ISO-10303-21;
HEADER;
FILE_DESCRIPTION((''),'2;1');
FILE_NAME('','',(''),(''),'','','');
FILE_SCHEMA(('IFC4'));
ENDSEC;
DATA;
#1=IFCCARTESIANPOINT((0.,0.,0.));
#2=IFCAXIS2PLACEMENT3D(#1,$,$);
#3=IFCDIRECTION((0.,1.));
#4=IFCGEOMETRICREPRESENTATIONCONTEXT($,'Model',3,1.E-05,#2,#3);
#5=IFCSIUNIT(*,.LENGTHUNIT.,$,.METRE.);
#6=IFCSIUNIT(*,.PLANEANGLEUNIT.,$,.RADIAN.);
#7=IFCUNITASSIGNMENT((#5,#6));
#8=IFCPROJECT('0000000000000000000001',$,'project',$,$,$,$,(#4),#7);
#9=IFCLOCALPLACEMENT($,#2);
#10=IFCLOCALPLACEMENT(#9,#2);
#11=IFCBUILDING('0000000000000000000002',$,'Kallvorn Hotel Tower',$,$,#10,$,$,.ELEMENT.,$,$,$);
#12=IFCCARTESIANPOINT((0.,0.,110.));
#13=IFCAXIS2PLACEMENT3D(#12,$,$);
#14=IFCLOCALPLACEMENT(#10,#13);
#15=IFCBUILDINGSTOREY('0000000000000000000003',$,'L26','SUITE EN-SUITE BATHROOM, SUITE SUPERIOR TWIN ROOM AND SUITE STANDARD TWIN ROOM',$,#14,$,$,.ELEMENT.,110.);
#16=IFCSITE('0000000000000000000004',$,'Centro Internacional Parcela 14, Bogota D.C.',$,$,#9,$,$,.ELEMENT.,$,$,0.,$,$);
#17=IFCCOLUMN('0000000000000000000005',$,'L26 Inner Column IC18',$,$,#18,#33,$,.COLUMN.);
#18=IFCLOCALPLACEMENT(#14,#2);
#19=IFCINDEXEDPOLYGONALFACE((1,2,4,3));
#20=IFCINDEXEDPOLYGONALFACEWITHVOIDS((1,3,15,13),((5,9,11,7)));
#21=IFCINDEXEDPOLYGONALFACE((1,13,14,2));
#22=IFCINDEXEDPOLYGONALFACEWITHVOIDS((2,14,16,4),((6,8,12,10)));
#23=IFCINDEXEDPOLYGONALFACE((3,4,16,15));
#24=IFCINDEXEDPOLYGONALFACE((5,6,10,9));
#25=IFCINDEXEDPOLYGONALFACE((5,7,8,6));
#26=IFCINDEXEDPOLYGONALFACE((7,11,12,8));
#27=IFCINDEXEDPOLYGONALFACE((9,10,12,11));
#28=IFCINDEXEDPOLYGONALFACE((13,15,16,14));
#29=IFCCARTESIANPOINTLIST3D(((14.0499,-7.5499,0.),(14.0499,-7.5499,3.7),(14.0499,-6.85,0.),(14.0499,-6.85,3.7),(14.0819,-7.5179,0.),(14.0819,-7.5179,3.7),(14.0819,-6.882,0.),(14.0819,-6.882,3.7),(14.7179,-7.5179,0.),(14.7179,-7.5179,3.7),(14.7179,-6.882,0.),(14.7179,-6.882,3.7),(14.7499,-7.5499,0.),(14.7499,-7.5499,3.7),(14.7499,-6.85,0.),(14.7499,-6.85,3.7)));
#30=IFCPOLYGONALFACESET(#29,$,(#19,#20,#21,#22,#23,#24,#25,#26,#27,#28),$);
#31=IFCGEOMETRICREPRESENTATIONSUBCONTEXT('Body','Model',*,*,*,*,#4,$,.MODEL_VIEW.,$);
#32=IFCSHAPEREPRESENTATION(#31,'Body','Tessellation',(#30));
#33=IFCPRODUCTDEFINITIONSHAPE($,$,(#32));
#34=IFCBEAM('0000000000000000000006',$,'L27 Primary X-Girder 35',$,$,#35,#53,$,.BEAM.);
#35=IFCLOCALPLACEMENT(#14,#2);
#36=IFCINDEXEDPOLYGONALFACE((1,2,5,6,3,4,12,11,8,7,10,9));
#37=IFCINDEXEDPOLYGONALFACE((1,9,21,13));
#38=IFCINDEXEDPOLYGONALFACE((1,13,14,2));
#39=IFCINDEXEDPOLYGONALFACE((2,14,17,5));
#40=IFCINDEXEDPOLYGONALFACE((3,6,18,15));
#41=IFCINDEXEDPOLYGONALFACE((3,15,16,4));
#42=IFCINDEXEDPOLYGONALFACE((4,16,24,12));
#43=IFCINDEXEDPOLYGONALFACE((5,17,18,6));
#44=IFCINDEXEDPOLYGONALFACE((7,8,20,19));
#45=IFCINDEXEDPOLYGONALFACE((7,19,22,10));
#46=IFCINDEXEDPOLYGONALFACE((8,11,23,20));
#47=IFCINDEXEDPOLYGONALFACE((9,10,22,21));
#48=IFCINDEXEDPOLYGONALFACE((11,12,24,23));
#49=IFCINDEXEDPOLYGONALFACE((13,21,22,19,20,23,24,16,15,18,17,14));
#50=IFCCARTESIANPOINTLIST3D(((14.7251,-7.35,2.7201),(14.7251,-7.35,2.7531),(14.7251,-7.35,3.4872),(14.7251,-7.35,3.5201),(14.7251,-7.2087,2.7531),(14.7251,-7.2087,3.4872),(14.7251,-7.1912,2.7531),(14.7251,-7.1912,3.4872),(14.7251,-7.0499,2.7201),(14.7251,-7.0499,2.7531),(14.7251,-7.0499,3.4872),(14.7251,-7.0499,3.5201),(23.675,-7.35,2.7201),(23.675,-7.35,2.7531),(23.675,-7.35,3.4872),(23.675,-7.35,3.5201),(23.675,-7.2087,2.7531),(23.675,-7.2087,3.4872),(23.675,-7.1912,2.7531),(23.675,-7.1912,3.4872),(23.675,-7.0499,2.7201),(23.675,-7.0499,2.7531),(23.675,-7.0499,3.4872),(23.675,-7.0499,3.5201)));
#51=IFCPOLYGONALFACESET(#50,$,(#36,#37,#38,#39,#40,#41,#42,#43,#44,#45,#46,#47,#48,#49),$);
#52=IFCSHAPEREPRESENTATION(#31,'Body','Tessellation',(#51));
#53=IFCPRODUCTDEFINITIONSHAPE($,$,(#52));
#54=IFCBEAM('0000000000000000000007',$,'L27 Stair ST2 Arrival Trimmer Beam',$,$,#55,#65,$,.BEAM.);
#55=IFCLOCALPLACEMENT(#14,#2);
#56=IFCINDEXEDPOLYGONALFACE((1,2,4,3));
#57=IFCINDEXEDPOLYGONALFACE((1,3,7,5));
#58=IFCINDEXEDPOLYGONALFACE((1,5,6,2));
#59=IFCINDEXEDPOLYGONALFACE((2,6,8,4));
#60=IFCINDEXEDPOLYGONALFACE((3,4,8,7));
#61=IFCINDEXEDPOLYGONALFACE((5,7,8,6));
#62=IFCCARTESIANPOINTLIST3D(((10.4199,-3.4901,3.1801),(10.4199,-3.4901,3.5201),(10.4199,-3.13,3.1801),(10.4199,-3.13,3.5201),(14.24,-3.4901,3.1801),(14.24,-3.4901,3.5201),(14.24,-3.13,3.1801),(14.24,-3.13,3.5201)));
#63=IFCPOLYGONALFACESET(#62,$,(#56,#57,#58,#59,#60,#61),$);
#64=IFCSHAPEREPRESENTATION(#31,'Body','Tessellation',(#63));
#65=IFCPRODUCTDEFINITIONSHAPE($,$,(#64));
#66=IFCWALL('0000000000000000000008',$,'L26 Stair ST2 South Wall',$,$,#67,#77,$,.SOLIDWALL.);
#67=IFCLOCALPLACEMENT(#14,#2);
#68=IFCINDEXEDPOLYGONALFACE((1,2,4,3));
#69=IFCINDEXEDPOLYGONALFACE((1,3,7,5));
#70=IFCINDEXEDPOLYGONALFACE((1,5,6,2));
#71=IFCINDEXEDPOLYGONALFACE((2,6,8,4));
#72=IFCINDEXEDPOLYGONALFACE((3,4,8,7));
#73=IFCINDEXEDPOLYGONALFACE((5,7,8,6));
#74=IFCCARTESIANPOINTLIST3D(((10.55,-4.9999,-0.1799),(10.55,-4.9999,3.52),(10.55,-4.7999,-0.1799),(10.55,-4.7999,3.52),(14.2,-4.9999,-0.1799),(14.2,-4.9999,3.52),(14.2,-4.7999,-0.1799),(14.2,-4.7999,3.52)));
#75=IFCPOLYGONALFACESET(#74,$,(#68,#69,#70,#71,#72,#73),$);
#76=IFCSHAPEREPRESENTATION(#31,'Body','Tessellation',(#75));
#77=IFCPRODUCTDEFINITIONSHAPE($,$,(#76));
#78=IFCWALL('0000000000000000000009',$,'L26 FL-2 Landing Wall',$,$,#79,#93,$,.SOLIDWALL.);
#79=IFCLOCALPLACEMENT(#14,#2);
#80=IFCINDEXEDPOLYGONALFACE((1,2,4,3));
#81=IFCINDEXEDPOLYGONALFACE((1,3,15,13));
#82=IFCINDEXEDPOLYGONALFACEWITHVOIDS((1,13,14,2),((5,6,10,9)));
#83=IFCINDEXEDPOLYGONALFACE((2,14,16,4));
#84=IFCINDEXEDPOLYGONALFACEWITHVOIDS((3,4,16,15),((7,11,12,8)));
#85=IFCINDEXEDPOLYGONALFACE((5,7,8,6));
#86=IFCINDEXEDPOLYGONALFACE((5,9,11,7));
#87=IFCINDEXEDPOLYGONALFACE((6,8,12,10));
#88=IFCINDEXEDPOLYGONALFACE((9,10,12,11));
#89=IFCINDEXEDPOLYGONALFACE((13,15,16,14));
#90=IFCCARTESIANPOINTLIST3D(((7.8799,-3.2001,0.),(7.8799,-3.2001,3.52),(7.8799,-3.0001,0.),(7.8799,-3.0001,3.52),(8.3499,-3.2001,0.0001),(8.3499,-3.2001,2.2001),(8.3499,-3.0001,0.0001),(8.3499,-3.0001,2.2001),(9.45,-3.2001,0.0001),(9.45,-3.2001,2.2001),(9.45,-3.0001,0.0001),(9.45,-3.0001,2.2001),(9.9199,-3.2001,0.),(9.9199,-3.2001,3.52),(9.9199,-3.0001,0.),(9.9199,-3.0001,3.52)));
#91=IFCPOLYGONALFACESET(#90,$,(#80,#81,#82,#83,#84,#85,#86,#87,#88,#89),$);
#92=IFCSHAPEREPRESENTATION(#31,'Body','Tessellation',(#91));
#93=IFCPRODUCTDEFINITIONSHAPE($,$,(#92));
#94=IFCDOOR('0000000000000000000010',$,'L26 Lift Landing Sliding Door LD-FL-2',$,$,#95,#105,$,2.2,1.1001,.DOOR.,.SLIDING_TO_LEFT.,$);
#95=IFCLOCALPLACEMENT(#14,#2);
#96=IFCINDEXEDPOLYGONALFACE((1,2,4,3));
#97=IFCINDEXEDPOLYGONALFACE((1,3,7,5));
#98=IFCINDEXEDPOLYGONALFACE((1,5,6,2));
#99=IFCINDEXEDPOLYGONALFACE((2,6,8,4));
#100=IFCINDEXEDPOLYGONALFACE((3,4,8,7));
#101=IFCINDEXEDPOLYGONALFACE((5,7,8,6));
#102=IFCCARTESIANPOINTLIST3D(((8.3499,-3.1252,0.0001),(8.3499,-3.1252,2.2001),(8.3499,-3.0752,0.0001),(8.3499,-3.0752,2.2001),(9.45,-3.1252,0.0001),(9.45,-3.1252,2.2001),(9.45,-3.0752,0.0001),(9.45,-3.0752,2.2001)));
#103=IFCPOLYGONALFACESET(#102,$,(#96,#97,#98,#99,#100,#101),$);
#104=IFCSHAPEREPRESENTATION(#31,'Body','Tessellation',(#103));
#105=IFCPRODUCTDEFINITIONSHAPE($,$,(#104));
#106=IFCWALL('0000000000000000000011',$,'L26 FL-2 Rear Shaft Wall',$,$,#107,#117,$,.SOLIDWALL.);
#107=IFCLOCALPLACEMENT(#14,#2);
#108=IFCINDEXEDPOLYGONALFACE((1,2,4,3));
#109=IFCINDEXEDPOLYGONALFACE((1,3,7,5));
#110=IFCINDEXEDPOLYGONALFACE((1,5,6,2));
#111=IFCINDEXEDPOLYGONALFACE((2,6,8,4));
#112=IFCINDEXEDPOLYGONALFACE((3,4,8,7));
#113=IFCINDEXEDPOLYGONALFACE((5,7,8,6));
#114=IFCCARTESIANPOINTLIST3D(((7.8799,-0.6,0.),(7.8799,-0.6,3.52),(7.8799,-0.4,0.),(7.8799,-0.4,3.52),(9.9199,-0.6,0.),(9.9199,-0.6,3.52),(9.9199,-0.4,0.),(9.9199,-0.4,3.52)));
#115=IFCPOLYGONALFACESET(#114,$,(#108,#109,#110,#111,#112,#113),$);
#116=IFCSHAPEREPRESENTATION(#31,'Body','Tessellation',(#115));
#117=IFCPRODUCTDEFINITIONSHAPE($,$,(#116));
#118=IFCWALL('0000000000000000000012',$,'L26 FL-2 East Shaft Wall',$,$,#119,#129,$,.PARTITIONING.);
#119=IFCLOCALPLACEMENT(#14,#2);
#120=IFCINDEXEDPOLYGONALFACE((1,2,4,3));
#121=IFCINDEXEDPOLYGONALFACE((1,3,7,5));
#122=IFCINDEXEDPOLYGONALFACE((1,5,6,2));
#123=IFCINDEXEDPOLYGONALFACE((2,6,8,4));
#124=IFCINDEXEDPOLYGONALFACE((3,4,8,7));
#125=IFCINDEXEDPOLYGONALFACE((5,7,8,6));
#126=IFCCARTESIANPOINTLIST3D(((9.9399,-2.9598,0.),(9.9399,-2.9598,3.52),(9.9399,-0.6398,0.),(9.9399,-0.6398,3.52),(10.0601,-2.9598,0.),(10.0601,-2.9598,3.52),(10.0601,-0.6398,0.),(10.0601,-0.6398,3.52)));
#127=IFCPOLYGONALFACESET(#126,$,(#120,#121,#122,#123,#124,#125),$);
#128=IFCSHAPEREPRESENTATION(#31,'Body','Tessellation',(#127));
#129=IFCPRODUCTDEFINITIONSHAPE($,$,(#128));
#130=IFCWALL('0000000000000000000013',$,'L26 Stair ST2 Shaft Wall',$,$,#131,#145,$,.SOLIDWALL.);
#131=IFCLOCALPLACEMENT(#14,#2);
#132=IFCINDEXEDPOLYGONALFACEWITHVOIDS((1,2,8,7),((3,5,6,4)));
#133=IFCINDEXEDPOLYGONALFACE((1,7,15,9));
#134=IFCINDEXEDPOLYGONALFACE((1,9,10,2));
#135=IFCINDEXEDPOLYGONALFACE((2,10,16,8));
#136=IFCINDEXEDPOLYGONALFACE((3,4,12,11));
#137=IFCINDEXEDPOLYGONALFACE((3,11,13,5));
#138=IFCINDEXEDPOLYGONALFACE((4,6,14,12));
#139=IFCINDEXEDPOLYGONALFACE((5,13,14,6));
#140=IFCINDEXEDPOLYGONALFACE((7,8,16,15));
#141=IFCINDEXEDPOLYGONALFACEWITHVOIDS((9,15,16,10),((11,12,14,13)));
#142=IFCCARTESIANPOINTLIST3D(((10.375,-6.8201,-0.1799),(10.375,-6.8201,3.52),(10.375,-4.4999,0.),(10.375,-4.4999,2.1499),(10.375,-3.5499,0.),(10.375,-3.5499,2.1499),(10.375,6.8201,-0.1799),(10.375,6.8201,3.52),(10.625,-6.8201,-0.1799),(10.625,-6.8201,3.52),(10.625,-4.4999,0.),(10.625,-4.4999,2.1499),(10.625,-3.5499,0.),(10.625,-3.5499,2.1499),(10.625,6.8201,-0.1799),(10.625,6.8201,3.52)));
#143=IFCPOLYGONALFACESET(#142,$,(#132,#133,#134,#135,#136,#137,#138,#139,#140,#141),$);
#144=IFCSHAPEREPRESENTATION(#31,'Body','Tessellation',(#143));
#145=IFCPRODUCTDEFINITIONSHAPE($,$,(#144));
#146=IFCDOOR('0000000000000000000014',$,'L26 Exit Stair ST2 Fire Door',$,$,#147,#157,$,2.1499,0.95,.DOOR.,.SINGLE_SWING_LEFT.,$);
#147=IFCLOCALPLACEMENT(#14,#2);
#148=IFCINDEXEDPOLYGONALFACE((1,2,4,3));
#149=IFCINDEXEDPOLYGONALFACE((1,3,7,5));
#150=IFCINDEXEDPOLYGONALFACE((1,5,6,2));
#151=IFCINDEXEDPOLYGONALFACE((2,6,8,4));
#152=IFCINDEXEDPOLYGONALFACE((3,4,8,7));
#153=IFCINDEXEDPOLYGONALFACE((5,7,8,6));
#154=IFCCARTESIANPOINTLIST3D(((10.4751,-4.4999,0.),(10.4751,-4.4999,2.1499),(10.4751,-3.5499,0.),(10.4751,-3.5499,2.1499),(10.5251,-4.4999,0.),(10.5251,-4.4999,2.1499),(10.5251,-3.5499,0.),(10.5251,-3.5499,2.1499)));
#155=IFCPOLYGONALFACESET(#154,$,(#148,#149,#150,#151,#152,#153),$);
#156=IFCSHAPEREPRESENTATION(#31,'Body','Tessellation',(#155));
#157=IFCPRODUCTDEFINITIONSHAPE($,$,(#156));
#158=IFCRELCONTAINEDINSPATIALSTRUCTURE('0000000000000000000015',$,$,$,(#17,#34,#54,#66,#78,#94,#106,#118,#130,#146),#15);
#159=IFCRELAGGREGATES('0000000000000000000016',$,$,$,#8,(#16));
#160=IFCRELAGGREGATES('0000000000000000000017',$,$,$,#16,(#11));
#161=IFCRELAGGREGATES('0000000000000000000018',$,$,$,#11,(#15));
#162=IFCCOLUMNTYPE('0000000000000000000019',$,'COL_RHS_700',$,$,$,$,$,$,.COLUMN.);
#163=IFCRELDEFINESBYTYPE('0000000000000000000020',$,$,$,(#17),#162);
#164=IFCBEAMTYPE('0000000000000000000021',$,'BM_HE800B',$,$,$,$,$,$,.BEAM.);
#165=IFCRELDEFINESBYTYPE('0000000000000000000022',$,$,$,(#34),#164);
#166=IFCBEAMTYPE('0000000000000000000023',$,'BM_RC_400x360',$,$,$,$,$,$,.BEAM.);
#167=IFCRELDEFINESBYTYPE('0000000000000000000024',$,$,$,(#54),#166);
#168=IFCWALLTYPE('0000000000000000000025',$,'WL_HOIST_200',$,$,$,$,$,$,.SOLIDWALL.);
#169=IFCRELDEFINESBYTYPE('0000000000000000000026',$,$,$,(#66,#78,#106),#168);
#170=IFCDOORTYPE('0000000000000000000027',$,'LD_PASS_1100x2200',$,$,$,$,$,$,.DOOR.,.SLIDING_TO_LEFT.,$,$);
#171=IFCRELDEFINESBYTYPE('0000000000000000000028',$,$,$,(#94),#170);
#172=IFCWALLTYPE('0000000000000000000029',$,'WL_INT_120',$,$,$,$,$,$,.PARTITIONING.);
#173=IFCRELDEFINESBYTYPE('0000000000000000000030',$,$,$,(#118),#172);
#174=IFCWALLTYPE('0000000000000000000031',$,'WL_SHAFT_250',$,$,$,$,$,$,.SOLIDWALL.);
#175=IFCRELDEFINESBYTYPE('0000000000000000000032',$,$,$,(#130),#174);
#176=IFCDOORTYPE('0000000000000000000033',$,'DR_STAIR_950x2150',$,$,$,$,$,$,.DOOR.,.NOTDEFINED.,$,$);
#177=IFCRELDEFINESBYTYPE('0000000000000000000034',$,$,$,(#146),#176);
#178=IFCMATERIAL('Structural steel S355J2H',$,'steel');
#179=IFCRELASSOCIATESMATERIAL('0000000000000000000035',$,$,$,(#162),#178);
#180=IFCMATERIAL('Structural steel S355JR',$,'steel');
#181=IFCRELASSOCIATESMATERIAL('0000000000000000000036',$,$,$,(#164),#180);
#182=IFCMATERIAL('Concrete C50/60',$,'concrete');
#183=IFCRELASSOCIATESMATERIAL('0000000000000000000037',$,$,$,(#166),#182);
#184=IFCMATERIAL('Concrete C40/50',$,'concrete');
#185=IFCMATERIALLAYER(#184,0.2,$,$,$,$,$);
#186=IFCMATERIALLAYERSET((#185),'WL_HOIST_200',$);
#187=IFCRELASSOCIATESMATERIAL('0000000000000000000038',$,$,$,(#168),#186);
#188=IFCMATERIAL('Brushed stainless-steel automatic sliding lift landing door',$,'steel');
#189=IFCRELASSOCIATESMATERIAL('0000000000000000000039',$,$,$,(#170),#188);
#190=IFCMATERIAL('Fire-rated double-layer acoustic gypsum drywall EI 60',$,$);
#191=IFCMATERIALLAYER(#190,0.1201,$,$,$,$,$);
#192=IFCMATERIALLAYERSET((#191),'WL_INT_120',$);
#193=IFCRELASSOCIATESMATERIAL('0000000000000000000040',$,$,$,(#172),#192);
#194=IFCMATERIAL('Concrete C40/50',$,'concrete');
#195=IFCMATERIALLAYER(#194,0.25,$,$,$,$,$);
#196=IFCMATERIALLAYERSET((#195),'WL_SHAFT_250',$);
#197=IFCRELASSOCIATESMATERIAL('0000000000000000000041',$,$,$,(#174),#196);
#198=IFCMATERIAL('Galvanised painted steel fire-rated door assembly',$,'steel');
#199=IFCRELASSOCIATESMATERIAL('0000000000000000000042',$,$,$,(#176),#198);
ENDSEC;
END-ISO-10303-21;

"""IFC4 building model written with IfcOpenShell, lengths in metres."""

from ifc_helpers import new_model, si_unit, direction, frame, frame_2d, origin, origin_2d, place, context, subcontext, project, spatial, rectangle, hollow_rectangle, i_section, extrude, material, layer, layer_set, material_profile, profile_set, type_object, element, fill, save


model = new_model("IFC4")

# Units and contexts
model_context = context("Model", 3, precision=1e-05, world=origin(), true_north=direction((0.0, 1.0)))
body_context = subcontext(model_context, "Body", "Model", "MODEL_VIEW")
ifc_project = project(units=[si_unit("LENGTHUNIT", "METRE"), si_unit("PLANEANGLEUNIT", "RADIAN")], contexts=[model_context])

# Site, building, storey
site_placement = place(None, origin())
site = spatial("IfcSite", under=ifc_project, at=site_placement, Name="Centro Internacional Parcela 14, Bogota D.C.", CompositionType="ELEMENT", RefElevation=0.0)
building_placement = place(site_placement, origin())
building = spatial("IfcBuilding", under=site, at=building_placement, Name="Kallvorn Hotel Tower", CompositionType="ELEMENT")
storey_placement = place(building_placement, frame((0.0, 0.0, 110.0)))
storey = spatial("IfcBuildingStorey", under=building, at=storey_placement, Name="L26", Description="SUITE EN-SUITE BATHROOM, SUITE SUPERIOR TWIN ROOM AND SUITE STANDARD TWIN ROOM", CompositionType="ELEMENT", Elevation=110.0)

# Column
ifc_material_1 = material(Name="Structural steel S355J2H", Category="steel")
ifc_material_profile_1 = material_profile(ifc_material_1, hollow_rectangle(XDim=0.7, YDim=0.7, WallThickness=0.032, at=origin_2d()), Name="RHS 700x700x32")
ifc_profile_set_1 = profile_set([ifc_material_profile_1], Name="Structural steel S355J2H")
column_type = type_object("IfcColumnType", Name="COL_RHS_700", PredefinedType="COLUMN", material=ifc_profile_set_1)
column_placement = place(storey_placement, frame((14.3999, -7.2, 0.0), z_axis=(0.0, 0.0, 1.0), x_axis=(1.0, 0.0, 0.0)))
element("IfcColumn", 1, at=column_placement, inside=storey, type_object=column_type, Name="L26 Inner Column IC18", PredefinedType="COLUMN", context=body_context, shape_type="SweptSolid", body=[
    extrude(hollow_rectangle(XDim=0.7, YDim=0.7, WallThickness=0.032, at=origin_2d()), origin(), (0.0, 0.0, 1.0), 3.7),
])

# Beams
ifc_material_2 = material(Name="Structural steel S355JR", Category="steel")
ifc_material_profile_2 = material_profile(ifc_material_2, i_section(OverallWidth=0.3, OverallDepth=0.8, WebThickness=0.0176, FlangeThickness=0.033, at=origin_2d()), Name="HE 800 B")
ifc_profile_set_2 = profile_set([ifc_material_profile_2], Name="Structural steel S355JR")
beam_type_1 = type_object("IfcBeamType", Name="BM_HE800B", PredefinedType="BEAM", material=ifc_profile_set_2)
beam_1_placement = place(storey_placement, frame((14.7251, -7.2, 3.1201), z_axis=(1.0, 0.0, 0.0), x_axis=(0.0, 1.0, 0.0)))
element("IfcBeam", 2, at=beam_1_placement, inside=storey, type_object=beam_type_1, Name="L27 Primary X-Girder 35", PredefinedType="BEAM", context=body_context, shape_type="SweptSolid", body=[
    extrude(i_section(OverallWidth=0.3, OverallDepth=0.8, WebThickness=0.0176, FlangeThickness=0.033, at=origin_2d()), origin(), (0.0, 0.0, 1.0), 8.95),
])
ifc_material_3 = material(Name="Concrete C50/60", Category="concrete")
ifc_material_profile_3 = material_profile(ifc_material_3, rectangle(XDim=0.3601, YDim=0.3401, at=origin_2d()), Name="RC 360x340")
ifc_profile_set_3 = profile_set([ifc_material_profile_3], Name="Concrete C50/60")
beam_type_2 = type_object("IfcBeamType", Name="BM_RC_400x360", PredefinedType="BEAM", material=ifc_profile_set_3)
beam_2_placement = place(storey_placement, frame((14.24, -3.3101, 3.3501), z_axis=(-1.0, 0.0, 0.0), x_axis=(0.0, -1.0, 0.0)))
element("IfcBeam", 3, at=beam_2_placement, inside=storey, type_object=beam_type_2, Name="L27 Stair ST2 Arrival Trimmer Beam", PredefinedType="BEAM", context=body_context, shape_type="SweptSolid", body=[
    extrude(rectangle(XDim=0.3601, YDim=0.3401, at=origin_2d()), origin(), (0.0, 0.0, 1.0), 3.8201),
])

# Wall
ifc_material_4 = material(Name="Concrete C40/50", Category="concrete")
ifc_layer_1 = layer(ifc_material_4, 0.2)
ifc_layer_set_1 = layer_set([ifc_layer_1], Name="WL_HOIST_200")
wall_type_1 = type_object("IfcWallType", Name="WL_HOIST_200", PredefinedType="SOLIDWALL", material=ifc_layer_set_1)
wall_1_placement = place(storey_placement, frame((10.55, -4.8999, -0.1799), z_axis=(0.0, 0.0, 1.0), x_axis=(1.0, 0.0, 0.0)))
element("IfcWall", 4, at=wall_1_placement, inside=storey, type_object=wall_type_1, Name="L26 Stair ST2 South Wall", PredefinedType="SOLIDWALL", context=body_context, shape_type="SweptSolid", body=[
    extrude(rectangle(XDim=3.6499, YDim=0.2, at=frame_2d((1.825, 0.0))), origin(), (0.0, 0.0, 1.0), 3.7),
])

# Wall, opening, door
wall_2_placement = place(storey_placement, frame((7.8799, -3.1001, 0.0), z_axis=(0.0, 0.0, 1.0), x_axis=(1.0, 0.0, 0.0)))
wall_2 = element("IfcWall", 5, at=wall_2_placement, inside=storey, type_object=wall_type_1, Name="L26 FL-2 Landing Wall", PredefinedType="SOLIDWALL", context=body_context, shape_type="SweptSolid", body=[
    extrude(rectangle(XDim=2.04, YDim=0.2, at=frame_2d((1.02, 0.0))), origin(), (0.0, 0.0, 1.0), 3.52),
])
opening_1_placement = place(wall_2_placement, frame((0.47, 0.0, 0.0)))
opening_1 = element("IfcOpeningElement", 6, at=opening_1_placement, cuts=wall_2, PredefinedType="OPENING", context=body_context, shape_type="SweptSolid", body=[
    extrude(rectangle(XDim=1.1001, YDim=2.2, at=frame_2d((0.55, 1.1001))), frame((0.0, 0.115, 0.0), z_axis=(0.0, -1.0, 0.0), x_axis=(1.0, 0.0, 0.0)), (0.0, 0.0, 1.0), 0.23),
])
ifc_material_5 = material(Name="Brushed stainless-steel automatic sliding lift landing door", Category="steel")
door_type_1 = type_object("IfcDoorType", Name="LD_PASS_1100x2200", OperationType="SLIDING_TO_LEFT", PredefinedType="DOOR", material=ifc_material_5)
door_1_placement = place(opening_1_placement, origin())
door_1 = element("IfcDoor", 7, at=door_1_placement, inside=storey, type_object=door_type_1, Name="L26 Lift Landing Sliding Door LD-FL-2", OperationType="SLIDING_TO_LEFT", OverallHeight=2.2, OverallWidth=1.1001, PredefinedType="DOOR", context=body_context, shape_type="SweptSolid", body=[
    extrude(rectangle(XDim=1.1001, YDim=2.2, at=frame_2d((0.55, 1.1001))), frame((0.0, 0.0249, 0.0), z_axis=(0.0, -1.0, 0.0), x_axis=(1.0, 0.0, 0.0)), (0.0, 0.0, 1.0), 0.05),
])
fill(opening_1, door_1)

# Walls
wall_3_placement = place(storey_placement, frame((7.8799, -0.5, 0.0), z_axis=(0.0, 0.0, 1.0), x_axis=(1.0, 0.0, 0.0)))
element("IfcWall", 8, at=wall_3_placement, inside=storey, type_object=wall_type_1, Name="L26 FL-2 Rear Shaft Wall", PredefinedType="SOLIDWALL", context=body_context, shape_type="SweptSolid", body=[
    extrude(rectangle(XDim=2.04, YDim=0.2, at=frame_2d((1.02, 0.0))), origin(), (0.0, 0.0, 1.0), 3.52),
])
ifc_material_6 = material(Name="Fire-rated double-layer acoustic gypsum drywall EI 60")
ifc_layer_2 = layer(ifc_material_6, 0.1201)
ifc_layer_set_2 = layer_set([ifc_layer_2], Name="WL_INT_120")
wall_type_2 = type_object("IfcWallType", Name="WL_INT_120", PredefinedType="PARTITIONING", material=ifc_layer_set_2)
wall_4_placement = place(storey_placement, frame((10.0, -2.96, 0.0), z_axis=(0.0, 0.0, 1.0), x_axis=(0.0, 1.0, 0.0)))
element("IfcWall", 9, at=wall_4_placement, inside=storey, type_object=wall_type_2, Name="L26 FL-2 East Shaft Wall", PredefinedType="PARTITIONING", context=body_context, shape_type="SweptSolid", body=[
    extrude(rectangle(XDim=2.3201, YDim=0.1201, at=frame_2d((1.1602, 0.0))), origin(), (0.0, 0.0, 1.0), 3.52),
])

# Wall, opening, door
ifc_material_7 = material(Name="Concrete C40/50", Category="concrete")
ifc_layer_3 = layer(ifc_material_7, 0.25)
ifc_layer_set_3 = layer_set([ifc_layer_3], Name="WL_SHAFT_250")
wall_type_3 = type_object("IfcWallType", Name="WL_SHAFT_250", PredefinedType="SOLIDWALL", material=ifc_layer_set_3)
wall_5_placement = place(storey_placement, frame((10.5, -6.8201, -0.1799), z_axis=(0.0, 0.0, 1.0), x_axis=(0.0, 1.0, 0.0)))
wall_5 = element("IfcWall", 10, at=wall_5_placement, inside=storey, type_object=wall_type_3, Name="L26 Stair ST2 Shaft Wall", PredefinedType="SOLIDWALL", context=body_context, shape_type="SweptSolid", body=[
    extrude(rectangle(XDim=13.6401, YDim=0.25, at=frame_2d((6.8201, 0.0))), origin(), (0.0, 0.0, 1.0), 3.7),
])
opening_2_placement = place(wall_5_placement, frame((2.3201, 0.0, 0.1799)))
opening_2 = element("IfcOpeningElement", 11, at=opening_2_placement, cuts=wall_5, PredefinedType="OPENING", context=body_context, shape_type="SweptSolid", body=[
    extrude(rectangle(XDim=0.95, YDim=2.1499, at=frame_2d((0.4751, 1.075))), frame((0.0, 0.1399, 0.0), z_axis=(0.0, -1.0, 0.0), x_axis=(1.0, 0.0, 0.0)), (0.0, 0.0, 1.0), 0.28),
])
ifc_material_8 = material(Name="Galvanised painted steel fire-rated door assembly", Category="steel")
door_type_2 = type_object("IfcDoorType", Name="DR_STAIR_950x2150", OperationType="NOTDEFINED", PredefinedType="DOOR", material=ifc_material_8)
door_2_placement = place(opening_2_placement, origin())
door_2 = element("IfcDoor", 12, at=door_2_placement, inside=storey, type_object=door_type_2, Name="L26 Exit Stair ST2 Fire Door", OperationType="SINGLE_SWING_LEFT", OverallHeight=2.1499, OverallWidth=0.95, PredefinedType="DOOR", context=body_context, shape_type="SweptSolid", body=[
    extrude(rectangle(XDim=0.95, YDim=2.1499, at=frame_2d((0.4751, 1.075))), frame((0.0, 0.0249, 0.0), z_axis=(0.0, -1.0, 0.0), x_axis=(1.0, 0.0, 0.0)), (0.0, 0.0, 1.0), 0.05),
])
fill(opening_2, door_2)

save(model, "model.ifc")
